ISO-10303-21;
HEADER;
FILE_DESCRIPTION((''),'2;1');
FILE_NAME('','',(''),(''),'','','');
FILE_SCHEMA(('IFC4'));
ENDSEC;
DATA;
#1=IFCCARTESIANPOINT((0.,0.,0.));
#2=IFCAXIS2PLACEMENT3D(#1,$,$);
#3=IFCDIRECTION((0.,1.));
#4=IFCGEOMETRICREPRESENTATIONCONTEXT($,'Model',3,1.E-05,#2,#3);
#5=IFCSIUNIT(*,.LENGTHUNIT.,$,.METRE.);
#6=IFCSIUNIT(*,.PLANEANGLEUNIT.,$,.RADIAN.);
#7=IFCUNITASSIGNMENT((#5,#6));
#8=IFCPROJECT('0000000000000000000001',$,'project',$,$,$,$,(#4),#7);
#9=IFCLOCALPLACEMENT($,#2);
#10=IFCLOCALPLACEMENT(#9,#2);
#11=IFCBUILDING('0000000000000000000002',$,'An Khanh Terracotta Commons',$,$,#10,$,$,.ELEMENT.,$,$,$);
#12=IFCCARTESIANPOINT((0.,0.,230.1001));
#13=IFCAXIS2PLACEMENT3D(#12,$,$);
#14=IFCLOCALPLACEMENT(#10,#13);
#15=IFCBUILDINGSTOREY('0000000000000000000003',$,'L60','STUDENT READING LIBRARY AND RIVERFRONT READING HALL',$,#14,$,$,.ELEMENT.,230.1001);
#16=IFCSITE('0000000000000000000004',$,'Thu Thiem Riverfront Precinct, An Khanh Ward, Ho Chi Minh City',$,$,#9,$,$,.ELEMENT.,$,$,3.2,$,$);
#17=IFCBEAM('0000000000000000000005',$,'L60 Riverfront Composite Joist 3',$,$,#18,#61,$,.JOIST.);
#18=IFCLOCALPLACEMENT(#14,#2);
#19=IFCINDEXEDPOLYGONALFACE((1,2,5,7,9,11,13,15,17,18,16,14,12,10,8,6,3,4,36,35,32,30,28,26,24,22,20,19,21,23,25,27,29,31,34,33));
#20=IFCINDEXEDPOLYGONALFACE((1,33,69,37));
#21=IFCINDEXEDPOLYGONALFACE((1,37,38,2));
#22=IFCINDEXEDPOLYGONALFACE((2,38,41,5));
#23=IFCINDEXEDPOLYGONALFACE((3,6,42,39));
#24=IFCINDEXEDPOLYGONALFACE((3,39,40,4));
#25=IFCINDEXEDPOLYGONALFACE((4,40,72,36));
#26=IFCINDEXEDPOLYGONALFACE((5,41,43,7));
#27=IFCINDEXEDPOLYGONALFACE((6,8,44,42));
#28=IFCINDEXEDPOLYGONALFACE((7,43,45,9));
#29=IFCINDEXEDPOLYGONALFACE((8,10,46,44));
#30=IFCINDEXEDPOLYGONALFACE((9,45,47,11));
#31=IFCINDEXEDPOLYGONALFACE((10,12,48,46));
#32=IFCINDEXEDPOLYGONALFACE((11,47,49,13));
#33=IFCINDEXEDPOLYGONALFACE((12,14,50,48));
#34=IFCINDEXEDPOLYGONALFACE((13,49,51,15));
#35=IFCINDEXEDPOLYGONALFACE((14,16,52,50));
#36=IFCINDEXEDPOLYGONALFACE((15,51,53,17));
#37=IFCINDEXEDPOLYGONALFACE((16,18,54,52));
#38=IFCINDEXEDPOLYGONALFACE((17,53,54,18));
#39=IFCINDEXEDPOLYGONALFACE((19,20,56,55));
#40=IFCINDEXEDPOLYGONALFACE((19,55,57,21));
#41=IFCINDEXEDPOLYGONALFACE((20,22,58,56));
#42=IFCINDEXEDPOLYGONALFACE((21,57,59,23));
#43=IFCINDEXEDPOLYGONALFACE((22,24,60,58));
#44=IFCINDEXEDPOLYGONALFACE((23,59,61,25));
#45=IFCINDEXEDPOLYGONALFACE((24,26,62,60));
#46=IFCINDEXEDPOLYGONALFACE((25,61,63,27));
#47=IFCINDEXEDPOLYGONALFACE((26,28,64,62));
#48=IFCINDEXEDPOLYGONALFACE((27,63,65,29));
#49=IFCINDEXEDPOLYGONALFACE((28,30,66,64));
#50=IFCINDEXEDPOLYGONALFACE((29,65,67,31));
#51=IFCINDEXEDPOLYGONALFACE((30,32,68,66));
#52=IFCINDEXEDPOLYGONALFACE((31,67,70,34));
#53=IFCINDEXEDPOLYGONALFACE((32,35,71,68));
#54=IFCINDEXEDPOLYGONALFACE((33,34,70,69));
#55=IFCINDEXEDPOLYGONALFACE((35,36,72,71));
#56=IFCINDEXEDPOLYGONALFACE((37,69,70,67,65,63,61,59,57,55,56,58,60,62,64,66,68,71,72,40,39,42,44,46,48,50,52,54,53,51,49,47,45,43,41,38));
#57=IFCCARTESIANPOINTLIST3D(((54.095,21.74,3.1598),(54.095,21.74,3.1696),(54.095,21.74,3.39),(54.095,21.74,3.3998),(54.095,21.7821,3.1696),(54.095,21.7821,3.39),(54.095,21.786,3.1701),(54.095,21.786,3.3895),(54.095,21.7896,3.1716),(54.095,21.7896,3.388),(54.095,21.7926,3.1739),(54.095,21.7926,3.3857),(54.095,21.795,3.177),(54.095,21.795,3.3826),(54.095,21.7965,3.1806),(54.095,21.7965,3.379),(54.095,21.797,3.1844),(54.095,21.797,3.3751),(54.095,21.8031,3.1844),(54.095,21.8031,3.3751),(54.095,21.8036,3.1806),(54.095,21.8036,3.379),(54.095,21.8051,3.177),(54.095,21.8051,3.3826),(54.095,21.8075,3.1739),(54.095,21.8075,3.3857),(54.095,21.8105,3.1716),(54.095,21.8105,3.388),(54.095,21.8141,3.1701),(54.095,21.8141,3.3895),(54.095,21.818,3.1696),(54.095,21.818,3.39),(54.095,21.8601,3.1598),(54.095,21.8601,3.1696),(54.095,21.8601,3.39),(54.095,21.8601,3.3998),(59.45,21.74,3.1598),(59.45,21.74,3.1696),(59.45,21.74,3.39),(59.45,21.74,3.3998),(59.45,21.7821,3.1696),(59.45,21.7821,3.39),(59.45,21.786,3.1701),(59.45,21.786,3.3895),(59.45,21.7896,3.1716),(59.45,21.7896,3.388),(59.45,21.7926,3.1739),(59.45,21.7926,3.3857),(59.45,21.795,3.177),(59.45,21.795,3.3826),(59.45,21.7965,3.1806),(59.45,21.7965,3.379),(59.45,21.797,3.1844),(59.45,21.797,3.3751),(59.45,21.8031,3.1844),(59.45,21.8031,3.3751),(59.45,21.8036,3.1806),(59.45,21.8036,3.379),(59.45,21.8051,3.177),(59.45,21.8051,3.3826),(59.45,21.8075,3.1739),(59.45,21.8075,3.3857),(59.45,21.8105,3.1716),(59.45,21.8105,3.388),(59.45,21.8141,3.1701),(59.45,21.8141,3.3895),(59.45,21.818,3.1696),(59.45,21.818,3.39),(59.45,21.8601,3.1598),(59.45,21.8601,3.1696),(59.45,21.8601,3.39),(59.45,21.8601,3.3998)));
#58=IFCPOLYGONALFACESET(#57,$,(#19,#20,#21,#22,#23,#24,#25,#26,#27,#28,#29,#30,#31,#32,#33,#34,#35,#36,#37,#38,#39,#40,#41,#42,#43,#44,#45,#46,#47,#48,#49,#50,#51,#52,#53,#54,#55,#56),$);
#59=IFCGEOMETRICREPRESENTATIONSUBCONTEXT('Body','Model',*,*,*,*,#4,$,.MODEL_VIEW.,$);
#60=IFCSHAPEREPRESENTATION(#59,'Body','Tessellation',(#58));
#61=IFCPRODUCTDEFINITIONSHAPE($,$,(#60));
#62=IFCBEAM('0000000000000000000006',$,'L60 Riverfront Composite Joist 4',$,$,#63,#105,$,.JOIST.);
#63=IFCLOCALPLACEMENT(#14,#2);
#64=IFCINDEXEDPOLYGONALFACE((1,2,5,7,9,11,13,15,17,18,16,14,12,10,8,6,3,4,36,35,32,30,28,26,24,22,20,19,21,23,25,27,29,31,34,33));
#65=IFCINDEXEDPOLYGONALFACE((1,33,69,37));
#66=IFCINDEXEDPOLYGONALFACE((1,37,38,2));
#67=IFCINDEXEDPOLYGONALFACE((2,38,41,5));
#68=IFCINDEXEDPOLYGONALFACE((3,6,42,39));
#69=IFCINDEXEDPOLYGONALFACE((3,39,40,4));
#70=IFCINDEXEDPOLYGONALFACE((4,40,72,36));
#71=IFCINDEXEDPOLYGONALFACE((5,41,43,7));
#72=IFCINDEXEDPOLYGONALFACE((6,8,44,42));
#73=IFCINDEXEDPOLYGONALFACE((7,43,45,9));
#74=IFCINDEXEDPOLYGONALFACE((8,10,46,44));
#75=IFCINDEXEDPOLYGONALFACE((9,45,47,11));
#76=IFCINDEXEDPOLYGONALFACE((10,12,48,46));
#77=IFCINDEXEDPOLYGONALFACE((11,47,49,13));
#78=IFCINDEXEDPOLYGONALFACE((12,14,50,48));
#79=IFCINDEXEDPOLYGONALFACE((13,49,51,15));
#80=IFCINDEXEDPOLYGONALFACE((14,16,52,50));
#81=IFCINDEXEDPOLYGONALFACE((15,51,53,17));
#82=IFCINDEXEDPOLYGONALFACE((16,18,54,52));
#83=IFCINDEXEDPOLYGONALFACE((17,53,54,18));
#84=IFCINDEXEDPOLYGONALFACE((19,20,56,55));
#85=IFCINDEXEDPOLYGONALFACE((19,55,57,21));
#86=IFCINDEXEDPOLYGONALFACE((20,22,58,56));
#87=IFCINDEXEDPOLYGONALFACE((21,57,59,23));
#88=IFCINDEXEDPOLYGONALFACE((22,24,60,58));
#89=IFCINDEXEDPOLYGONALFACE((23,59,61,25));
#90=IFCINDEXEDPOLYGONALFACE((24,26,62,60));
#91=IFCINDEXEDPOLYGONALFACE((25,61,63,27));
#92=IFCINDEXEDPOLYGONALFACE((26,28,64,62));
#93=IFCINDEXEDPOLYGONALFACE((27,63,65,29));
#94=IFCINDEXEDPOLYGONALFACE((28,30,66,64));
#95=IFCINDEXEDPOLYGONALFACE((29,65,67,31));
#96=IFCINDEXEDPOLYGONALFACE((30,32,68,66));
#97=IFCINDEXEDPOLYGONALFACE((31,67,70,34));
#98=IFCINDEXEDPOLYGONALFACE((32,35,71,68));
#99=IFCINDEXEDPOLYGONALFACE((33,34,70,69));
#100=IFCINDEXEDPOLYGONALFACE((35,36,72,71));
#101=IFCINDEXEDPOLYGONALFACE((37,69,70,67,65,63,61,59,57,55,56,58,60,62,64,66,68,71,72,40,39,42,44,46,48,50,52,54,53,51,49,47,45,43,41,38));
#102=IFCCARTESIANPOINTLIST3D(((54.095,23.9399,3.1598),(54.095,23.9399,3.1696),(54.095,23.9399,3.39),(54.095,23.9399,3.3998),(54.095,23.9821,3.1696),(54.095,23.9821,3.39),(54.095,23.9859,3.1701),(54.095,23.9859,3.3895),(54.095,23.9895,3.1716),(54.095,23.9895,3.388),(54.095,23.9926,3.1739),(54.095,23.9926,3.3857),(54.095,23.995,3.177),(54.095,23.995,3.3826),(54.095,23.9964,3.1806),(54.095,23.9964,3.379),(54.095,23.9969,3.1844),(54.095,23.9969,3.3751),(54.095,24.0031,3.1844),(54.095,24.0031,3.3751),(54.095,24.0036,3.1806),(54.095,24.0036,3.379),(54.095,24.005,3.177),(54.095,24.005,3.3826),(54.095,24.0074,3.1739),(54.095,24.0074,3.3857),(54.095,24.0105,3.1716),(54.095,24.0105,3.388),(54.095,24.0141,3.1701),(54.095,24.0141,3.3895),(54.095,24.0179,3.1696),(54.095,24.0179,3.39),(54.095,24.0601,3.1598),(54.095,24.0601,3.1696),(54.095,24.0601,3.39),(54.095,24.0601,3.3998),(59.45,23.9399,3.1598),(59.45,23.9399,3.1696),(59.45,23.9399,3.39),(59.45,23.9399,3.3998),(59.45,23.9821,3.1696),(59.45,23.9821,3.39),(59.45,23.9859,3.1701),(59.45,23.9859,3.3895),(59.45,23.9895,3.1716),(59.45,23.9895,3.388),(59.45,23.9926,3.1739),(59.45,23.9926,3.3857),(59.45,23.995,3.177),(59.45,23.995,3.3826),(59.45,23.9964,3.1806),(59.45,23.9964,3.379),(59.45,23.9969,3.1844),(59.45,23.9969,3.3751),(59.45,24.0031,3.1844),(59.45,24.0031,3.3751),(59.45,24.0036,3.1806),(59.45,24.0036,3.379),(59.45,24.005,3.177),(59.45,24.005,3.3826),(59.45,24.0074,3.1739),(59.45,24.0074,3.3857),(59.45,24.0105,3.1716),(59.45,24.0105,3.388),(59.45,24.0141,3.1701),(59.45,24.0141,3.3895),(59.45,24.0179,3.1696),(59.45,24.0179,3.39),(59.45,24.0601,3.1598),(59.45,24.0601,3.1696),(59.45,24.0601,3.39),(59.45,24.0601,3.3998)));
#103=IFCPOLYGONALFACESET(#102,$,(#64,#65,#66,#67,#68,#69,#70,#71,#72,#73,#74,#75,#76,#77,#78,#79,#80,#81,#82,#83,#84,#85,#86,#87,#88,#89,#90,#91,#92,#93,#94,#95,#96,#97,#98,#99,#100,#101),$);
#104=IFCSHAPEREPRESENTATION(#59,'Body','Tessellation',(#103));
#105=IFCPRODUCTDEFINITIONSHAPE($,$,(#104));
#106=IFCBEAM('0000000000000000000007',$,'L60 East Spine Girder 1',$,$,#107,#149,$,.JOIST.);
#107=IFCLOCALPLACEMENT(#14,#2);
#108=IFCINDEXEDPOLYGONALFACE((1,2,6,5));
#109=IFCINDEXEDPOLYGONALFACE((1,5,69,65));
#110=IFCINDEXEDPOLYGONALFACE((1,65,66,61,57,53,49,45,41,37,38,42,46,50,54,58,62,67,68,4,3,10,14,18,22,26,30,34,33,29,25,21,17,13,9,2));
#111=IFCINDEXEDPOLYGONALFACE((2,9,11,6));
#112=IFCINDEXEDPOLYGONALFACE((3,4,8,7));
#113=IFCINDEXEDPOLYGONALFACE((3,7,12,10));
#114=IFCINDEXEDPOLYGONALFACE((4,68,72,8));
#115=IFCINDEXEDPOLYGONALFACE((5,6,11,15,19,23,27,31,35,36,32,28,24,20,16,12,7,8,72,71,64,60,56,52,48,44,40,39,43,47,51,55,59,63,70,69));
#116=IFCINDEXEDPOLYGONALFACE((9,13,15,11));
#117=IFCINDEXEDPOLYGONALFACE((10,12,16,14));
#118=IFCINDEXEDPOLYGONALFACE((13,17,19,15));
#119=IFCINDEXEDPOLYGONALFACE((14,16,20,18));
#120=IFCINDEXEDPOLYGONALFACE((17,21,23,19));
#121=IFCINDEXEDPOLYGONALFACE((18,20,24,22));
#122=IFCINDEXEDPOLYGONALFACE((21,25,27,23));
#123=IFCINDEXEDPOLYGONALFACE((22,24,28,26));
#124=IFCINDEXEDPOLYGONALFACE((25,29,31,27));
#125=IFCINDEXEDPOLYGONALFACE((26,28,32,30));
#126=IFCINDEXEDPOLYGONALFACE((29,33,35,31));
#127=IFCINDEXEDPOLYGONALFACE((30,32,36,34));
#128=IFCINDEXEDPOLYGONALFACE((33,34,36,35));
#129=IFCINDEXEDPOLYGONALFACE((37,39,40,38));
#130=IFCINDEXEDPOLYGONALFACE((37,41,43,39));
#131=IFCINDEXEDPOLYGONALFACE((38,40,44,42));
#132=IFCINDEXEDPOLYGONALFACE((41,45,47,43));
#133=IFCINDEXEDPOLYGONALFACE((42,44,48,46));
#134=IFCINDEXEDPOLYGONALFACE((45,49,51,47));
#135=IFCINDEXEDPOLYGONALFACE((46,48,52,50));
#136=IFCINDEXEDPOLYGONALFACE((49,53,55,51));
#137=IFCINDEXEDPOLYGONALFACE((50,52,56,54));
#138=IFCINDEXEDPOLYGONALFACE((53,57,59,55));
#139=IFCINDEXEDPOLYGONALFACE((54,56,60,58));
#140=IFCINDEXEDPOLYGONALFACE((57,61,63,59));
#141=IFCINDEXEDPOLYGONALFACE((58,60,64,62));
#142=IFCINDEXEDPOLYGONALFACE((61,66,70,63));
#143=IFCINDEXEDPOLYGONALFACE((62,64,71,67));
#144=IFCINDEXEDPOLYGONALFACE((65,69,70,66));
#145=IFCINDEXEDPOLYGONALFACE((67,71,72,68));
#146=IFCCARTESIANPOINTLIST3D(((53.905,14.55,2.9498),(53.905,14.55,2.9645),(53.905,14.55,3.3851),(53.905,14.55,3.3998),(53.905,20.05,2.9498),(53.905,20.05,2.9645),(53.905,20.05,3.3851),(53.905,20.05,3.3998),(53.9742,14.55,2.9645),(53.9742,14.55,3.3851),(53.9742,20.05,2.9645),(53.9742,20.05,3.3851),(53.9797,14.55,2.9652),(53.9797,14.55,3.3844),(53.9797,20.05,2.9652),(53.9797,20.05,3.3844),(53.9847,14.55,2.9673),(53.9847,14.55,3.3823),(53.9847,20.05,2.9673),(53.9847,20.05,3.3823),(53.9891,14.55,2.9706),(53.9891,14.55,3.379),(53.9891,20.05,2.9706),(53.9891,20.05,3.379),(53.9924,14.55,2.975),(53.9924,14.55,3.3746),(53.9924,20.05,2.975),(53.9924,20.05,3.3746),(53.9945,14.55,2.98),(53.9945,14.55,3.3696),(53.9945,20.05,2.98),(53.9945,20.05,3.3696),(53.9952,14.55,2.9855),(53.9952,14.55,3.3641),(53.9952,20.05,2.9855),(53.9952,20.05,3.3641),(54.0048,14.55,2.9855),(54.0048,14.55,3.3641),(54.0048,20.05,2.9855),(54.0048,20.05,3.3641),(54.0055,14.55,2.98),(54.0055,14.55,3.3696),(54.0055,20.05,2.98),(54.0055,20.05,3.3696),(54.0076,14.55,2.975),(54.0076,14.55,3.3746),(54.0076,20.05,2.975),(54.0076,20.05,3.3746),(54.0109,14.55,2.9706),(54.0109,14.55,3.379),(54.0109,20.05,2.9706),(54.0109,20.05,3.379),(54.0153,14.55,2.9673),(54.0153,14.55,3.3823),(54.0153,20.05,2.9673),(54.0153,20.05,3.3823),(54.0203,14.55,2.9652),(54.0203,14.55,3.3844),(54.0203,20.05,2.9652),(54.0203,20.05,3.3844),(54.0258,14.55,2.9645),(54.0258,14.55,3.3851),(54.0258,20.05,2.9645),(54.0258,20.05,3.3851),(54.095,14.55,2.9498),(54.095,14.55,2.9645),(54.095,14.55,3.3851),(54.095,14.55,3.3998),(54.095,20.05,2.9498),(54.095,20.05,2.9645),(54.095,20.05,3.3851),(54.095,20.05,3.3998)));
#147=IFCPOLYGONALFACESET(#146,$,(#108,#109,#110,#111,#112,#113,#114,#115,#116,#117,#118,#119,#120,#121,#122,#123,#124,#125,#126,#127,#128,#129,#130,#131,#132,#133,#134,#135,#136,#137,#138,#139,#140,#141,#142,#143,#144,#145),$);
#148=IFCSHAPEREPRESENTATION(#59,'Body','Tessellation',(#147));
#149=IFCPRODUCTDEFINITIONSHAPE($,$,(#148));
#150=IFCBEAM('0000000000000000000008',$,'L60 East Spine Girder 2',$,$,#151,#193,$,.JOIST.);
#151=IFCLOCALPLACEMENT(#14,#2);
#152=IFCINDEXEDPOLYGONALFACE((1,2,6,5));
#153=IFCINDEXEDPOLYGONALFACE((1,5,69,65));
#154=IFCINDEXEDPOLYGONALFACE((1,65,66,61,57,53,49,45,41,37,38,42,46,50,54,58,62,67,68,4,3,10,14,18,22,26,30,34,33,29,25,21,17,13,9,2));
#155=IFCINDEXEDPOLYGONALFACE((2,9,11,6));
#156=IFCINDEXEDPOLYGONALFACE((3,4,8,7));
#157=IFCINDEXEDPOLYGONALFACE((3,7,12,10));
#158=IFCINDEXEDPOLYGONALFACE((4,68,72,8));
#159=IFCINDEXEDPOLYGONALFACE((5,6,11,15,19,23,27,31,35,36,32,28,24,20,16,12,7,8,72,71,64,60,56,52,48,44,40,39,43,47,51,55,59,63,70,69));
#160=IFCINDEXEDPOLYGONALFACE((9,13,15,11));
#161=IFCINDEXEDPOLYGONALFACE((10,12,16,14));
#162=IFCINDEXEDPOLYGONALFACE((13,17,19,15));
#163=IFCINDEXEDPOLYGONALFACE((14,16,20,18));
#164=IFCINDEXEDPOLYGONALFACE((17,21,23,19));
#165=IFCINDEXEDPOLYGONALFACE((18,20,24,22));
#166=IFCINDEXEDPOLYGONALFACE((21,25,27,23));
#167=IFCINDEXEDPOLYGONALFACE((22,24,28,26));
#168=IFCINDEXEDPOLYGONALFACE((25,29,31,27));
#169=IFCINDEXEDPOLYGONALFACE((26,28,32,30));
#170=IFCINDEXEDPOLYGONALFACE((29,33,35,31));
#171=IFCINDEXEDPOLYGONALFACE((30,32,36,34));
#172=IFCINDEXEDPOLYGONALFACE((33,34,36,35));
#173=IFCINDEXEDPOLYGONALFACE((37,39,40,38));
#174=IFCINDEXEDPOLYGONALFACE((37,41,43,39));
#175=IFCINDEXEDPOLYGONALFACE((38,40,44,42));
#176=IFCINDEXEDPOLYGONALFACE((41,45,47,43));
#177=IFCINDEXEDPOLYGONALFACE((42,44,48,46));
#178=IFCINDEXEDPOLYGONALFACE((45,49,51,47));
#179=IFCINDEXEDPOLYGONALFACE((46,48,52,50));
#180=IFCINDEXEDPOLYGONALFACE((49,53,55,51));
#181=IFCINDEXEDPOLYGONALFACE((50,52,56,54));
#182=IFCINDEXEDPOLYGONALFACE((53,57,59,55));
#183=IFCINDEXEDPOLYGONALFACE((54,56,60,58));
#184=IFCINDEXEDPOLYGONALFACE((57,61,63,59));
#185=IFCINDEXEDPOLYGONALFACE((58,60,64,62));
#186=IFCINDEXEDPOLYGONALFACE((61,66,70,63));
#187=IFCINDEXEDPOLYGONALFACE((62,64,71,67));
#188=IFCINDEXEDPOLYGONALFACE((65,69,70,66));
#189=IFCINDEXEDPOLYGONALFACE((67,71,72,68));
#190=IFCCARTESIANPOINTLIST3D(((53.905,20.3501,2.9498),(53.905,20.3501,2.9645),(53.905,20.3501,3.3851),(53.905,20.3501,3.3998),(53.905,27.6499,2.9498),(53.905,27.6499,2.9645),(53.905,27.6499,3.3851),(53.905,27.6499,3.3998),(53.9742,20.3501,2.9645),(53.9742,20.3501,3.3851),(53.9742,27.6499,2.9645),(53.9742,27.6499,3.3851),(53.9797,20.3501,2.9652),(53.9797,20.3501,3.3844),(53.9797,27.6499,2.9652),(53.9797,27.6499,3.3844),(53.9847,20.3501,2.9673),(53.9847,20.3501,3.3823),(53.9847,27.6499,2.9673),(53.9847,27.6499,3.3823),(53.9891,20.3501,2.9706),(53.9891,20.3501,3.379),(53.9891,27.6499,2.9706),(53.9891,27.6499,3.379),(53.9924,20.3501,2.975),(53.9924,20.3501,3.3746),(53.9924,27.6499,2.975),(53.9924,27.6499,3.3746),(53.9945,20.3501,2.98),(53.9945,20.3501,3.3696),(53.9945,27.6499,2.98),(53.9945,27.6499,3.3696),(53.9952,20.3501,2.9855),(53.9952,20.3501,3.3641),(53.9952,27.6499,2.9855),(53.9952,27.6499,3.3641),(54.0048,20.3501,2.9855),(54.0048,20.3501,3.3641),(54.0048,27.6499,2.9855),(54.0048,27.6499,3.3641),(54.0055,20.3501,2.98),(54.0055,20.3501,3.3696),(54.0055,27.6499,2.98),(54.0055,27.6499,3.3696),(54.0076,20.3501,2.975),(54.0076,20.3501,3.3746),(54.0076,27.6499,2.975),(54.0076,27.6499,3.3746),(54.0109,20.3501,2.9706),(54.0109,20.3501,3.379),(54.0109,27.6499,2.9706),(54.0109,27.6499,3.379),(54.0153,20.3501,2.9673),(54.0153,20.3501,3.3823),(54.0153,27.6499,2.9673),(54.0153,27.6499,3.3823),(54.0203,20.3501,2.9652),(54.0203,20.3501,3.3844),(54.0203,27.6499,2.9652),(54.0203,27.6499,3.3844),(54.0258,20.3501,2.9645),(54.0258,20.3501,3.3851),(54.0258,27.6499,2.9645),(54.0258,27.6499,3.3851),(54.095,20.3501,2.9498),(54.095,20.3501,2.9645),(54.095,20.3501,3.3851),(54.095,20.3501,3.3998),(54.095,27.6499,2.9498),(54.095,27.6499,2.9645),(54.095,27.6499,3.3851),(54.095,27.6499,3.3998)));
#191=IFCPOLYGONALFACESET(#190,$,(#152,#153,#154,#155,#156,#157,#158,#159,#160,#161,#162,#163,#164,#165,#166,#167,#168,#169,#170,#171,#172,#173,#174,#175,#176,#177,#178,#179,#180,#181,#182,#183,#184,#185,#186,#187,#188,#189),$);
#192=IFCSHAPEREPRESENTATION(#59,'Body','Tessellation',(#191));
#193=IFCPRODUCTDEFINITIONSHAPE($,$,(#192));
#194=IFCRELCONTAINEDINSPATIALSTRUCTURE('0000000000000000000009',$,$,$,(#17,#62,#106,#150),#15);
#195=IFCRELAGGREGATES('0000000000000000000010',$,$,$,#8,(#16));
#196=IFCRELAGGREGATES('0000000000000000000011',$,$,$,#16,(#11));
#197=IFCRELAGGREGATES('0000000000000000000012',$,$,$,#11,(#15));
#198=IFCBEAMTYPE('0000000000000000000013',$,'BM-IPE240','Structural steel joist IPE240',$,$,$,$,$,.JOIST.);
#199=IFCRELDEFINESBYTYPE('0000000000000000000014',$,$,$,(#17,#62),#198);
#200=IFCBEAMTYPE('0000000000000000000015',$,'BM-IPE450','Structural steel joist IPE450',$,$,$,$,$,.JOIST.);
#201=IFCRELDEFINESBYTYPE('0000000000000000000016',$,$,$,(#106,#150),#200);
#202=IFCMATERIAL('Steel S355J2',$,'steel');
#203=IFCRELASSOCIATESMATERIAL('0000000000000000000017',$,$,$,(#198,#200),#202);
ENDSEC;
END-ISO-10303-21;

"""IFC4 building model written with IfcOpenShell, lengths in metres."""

from ifc_helpers import new_model, si_unit, direction, frame, origin, origin_2d, place, context, subcontext, project, spatial, i_section, extrude, material, material_profile, profile_set, type_object, element, save


model = new_model("IFC4")

# Units and contexts
model_context = context("Model", 3, precision=1e-05, world=origin(), true_north=direction((0.0, 1.0)))
body_context = subcontext(model_context, "Body", "Model", "MODEL_VIEW")
ifc_project = project(units=[si_unit("LENGTHUNIT", "METRE"), si_unit("PLANEANGLEUNIT", "RADIAN")], contexts=[model_context])

# Site, building, storey
site_placement = place(None, origin())
site = spatial("IfcSite", under=ifc_project, at=site_placement, Name="Thu Thiem Riverfront Precinct, An Khanh Ward, Ho Chi Minh City", CompositionType="ELEMENT", RefElevation=3.2)
building_placement = place(site_placement, origin())
building = spatial("IfcBuilding", under=site, at=building_placement, Name="An Khanh Terracotta Commons", CompositionType="ELEMENT")
storey_placement = place(building_placement, frame((0.0, 0.0, 230.1001)))
storey = spatial("IfcBuildingStorey", under=building, at=storey_placement, Name="L60", Description="STUDENT READING LIBRARY AND RIVERFRONT READING HALL", CompositionType="ELEMENT", Elevation=230.1001)

# Beams
ifc_material_1 = material(Name="Steel S355J2", Category="steel")
ifc_material_profile_1 = material_profile(ifc_material_1, i_section(OverallWidth=0.1201, OverallDepth=0.24, WebThickness=0.0061, FlangeThickness=0.0098, FilletRadius=0.0149, at=origin_2d()), Name="IPE240")
ifc_profile_set_1 = profile_set([ifc_material_profile_1], Name="Steel S355J2")
beam_type_1 = type_object("IfcBeamType", Name="BM-IPE240", Description="Structural steel joist IPE240", PredefinedType="JOIST", material=ifc_profile_set_1)
for number, where, z_axis, x_axis, name in (
    (1, (54.095, 21.8, 3.2798), (1.0, 0.0, 0.0), (0.0, 1.0, 0.0), "L60 Riverfront Composite Joist 3"),
    (2, (54.095, 24.0, 3.2798), (1.0, 0.0, 0.0), (0.0, 1.0, 0.0), "L60 Riverfront Composite Joist 4"),
):
    element("IfcBeam", number, at=place(storey_placement, frame(where, z_axis=z_axis, x_axis=x_axis)), inside=storey, type_object=beam_type_1, Name=name, PredefinedType="JOIST", context=body_context, shape_type="SweptSolid", body=[
        extrude(i_section(OverallWidth=0.1201, OverallDepth=0.24, WebThickness=0.0061, FlangeThickness=0.0098, FilletRadius=0.0149, at=origin_2d()), origin(), (0.0, 0.0, 1.0), 5.355),
    ])
ifc_material_profile_2 = material_profile(ifc_material_1, i_section(OverallWidth=0.1899, OverallDepth=0.45, WebThickness=0.0095, FlangeThickness=0.0146, FilletRadius=0.021, at=origin_2d()), Name="IPE450")
ifc_profile_set_2 = profile_set([ifc_material_profile_2], Name="Steel S355J2")
beam_type_2 = type_object("IfcBeamType", Name="BM-IPE450", Description="Structural steel joist IPE450", PredefinedType="JOIST", material=ifc_profile_set_2)
beam_1_placement = place(storey_placement, frame((54.0, 14.55, 3.1748), z_axis=(0.0, 1.0, 0.0), x_axis=(-1.0, 0.0, 0.0)))
element("IfcBeam", 3, at=beam_1_placement, inside=storey, type_object=beam_type_2, Name="L60 East Spine Girder 1", PredefinedType="JOIST", context=body_context, shape_type="SweptSolid", body=[
    extrude(i_section(OverallWidth=0.1899, OverallDepth=0.45, WebThickness=0.0095, FlangeThickness=0.0146, FilletRadius=0.021, at=origin_2d()), origin(), (0.0, 0.0, 1.0), 5.5),
])
beam_2_placement = place(storey_placement, frame((54.0, 20.3501, 3.1748), z_axis=(0.0, 1.0, 0.0), x_axis=(-1.0, 0.0, 0.0)))
element("IfcBeam", 4, at=beam_2_placement, inside=storey, type_object=beam_type_2, Name="L60 East Spine Girder 2", PredefinedType="JOIST", context=body_context, shape_type="SweptSolid", body=[
    extrude(i_section(OverallWidth=0.1899, OverallDepth=0.45, WebThickness=0.0095, FlangeThickness=0.0146, FilletRadius=0.021, at=origin_2d()), origin(), (0.0, 0.0, 1.0), 7.2998),
])

save(model, "model.ifc")
